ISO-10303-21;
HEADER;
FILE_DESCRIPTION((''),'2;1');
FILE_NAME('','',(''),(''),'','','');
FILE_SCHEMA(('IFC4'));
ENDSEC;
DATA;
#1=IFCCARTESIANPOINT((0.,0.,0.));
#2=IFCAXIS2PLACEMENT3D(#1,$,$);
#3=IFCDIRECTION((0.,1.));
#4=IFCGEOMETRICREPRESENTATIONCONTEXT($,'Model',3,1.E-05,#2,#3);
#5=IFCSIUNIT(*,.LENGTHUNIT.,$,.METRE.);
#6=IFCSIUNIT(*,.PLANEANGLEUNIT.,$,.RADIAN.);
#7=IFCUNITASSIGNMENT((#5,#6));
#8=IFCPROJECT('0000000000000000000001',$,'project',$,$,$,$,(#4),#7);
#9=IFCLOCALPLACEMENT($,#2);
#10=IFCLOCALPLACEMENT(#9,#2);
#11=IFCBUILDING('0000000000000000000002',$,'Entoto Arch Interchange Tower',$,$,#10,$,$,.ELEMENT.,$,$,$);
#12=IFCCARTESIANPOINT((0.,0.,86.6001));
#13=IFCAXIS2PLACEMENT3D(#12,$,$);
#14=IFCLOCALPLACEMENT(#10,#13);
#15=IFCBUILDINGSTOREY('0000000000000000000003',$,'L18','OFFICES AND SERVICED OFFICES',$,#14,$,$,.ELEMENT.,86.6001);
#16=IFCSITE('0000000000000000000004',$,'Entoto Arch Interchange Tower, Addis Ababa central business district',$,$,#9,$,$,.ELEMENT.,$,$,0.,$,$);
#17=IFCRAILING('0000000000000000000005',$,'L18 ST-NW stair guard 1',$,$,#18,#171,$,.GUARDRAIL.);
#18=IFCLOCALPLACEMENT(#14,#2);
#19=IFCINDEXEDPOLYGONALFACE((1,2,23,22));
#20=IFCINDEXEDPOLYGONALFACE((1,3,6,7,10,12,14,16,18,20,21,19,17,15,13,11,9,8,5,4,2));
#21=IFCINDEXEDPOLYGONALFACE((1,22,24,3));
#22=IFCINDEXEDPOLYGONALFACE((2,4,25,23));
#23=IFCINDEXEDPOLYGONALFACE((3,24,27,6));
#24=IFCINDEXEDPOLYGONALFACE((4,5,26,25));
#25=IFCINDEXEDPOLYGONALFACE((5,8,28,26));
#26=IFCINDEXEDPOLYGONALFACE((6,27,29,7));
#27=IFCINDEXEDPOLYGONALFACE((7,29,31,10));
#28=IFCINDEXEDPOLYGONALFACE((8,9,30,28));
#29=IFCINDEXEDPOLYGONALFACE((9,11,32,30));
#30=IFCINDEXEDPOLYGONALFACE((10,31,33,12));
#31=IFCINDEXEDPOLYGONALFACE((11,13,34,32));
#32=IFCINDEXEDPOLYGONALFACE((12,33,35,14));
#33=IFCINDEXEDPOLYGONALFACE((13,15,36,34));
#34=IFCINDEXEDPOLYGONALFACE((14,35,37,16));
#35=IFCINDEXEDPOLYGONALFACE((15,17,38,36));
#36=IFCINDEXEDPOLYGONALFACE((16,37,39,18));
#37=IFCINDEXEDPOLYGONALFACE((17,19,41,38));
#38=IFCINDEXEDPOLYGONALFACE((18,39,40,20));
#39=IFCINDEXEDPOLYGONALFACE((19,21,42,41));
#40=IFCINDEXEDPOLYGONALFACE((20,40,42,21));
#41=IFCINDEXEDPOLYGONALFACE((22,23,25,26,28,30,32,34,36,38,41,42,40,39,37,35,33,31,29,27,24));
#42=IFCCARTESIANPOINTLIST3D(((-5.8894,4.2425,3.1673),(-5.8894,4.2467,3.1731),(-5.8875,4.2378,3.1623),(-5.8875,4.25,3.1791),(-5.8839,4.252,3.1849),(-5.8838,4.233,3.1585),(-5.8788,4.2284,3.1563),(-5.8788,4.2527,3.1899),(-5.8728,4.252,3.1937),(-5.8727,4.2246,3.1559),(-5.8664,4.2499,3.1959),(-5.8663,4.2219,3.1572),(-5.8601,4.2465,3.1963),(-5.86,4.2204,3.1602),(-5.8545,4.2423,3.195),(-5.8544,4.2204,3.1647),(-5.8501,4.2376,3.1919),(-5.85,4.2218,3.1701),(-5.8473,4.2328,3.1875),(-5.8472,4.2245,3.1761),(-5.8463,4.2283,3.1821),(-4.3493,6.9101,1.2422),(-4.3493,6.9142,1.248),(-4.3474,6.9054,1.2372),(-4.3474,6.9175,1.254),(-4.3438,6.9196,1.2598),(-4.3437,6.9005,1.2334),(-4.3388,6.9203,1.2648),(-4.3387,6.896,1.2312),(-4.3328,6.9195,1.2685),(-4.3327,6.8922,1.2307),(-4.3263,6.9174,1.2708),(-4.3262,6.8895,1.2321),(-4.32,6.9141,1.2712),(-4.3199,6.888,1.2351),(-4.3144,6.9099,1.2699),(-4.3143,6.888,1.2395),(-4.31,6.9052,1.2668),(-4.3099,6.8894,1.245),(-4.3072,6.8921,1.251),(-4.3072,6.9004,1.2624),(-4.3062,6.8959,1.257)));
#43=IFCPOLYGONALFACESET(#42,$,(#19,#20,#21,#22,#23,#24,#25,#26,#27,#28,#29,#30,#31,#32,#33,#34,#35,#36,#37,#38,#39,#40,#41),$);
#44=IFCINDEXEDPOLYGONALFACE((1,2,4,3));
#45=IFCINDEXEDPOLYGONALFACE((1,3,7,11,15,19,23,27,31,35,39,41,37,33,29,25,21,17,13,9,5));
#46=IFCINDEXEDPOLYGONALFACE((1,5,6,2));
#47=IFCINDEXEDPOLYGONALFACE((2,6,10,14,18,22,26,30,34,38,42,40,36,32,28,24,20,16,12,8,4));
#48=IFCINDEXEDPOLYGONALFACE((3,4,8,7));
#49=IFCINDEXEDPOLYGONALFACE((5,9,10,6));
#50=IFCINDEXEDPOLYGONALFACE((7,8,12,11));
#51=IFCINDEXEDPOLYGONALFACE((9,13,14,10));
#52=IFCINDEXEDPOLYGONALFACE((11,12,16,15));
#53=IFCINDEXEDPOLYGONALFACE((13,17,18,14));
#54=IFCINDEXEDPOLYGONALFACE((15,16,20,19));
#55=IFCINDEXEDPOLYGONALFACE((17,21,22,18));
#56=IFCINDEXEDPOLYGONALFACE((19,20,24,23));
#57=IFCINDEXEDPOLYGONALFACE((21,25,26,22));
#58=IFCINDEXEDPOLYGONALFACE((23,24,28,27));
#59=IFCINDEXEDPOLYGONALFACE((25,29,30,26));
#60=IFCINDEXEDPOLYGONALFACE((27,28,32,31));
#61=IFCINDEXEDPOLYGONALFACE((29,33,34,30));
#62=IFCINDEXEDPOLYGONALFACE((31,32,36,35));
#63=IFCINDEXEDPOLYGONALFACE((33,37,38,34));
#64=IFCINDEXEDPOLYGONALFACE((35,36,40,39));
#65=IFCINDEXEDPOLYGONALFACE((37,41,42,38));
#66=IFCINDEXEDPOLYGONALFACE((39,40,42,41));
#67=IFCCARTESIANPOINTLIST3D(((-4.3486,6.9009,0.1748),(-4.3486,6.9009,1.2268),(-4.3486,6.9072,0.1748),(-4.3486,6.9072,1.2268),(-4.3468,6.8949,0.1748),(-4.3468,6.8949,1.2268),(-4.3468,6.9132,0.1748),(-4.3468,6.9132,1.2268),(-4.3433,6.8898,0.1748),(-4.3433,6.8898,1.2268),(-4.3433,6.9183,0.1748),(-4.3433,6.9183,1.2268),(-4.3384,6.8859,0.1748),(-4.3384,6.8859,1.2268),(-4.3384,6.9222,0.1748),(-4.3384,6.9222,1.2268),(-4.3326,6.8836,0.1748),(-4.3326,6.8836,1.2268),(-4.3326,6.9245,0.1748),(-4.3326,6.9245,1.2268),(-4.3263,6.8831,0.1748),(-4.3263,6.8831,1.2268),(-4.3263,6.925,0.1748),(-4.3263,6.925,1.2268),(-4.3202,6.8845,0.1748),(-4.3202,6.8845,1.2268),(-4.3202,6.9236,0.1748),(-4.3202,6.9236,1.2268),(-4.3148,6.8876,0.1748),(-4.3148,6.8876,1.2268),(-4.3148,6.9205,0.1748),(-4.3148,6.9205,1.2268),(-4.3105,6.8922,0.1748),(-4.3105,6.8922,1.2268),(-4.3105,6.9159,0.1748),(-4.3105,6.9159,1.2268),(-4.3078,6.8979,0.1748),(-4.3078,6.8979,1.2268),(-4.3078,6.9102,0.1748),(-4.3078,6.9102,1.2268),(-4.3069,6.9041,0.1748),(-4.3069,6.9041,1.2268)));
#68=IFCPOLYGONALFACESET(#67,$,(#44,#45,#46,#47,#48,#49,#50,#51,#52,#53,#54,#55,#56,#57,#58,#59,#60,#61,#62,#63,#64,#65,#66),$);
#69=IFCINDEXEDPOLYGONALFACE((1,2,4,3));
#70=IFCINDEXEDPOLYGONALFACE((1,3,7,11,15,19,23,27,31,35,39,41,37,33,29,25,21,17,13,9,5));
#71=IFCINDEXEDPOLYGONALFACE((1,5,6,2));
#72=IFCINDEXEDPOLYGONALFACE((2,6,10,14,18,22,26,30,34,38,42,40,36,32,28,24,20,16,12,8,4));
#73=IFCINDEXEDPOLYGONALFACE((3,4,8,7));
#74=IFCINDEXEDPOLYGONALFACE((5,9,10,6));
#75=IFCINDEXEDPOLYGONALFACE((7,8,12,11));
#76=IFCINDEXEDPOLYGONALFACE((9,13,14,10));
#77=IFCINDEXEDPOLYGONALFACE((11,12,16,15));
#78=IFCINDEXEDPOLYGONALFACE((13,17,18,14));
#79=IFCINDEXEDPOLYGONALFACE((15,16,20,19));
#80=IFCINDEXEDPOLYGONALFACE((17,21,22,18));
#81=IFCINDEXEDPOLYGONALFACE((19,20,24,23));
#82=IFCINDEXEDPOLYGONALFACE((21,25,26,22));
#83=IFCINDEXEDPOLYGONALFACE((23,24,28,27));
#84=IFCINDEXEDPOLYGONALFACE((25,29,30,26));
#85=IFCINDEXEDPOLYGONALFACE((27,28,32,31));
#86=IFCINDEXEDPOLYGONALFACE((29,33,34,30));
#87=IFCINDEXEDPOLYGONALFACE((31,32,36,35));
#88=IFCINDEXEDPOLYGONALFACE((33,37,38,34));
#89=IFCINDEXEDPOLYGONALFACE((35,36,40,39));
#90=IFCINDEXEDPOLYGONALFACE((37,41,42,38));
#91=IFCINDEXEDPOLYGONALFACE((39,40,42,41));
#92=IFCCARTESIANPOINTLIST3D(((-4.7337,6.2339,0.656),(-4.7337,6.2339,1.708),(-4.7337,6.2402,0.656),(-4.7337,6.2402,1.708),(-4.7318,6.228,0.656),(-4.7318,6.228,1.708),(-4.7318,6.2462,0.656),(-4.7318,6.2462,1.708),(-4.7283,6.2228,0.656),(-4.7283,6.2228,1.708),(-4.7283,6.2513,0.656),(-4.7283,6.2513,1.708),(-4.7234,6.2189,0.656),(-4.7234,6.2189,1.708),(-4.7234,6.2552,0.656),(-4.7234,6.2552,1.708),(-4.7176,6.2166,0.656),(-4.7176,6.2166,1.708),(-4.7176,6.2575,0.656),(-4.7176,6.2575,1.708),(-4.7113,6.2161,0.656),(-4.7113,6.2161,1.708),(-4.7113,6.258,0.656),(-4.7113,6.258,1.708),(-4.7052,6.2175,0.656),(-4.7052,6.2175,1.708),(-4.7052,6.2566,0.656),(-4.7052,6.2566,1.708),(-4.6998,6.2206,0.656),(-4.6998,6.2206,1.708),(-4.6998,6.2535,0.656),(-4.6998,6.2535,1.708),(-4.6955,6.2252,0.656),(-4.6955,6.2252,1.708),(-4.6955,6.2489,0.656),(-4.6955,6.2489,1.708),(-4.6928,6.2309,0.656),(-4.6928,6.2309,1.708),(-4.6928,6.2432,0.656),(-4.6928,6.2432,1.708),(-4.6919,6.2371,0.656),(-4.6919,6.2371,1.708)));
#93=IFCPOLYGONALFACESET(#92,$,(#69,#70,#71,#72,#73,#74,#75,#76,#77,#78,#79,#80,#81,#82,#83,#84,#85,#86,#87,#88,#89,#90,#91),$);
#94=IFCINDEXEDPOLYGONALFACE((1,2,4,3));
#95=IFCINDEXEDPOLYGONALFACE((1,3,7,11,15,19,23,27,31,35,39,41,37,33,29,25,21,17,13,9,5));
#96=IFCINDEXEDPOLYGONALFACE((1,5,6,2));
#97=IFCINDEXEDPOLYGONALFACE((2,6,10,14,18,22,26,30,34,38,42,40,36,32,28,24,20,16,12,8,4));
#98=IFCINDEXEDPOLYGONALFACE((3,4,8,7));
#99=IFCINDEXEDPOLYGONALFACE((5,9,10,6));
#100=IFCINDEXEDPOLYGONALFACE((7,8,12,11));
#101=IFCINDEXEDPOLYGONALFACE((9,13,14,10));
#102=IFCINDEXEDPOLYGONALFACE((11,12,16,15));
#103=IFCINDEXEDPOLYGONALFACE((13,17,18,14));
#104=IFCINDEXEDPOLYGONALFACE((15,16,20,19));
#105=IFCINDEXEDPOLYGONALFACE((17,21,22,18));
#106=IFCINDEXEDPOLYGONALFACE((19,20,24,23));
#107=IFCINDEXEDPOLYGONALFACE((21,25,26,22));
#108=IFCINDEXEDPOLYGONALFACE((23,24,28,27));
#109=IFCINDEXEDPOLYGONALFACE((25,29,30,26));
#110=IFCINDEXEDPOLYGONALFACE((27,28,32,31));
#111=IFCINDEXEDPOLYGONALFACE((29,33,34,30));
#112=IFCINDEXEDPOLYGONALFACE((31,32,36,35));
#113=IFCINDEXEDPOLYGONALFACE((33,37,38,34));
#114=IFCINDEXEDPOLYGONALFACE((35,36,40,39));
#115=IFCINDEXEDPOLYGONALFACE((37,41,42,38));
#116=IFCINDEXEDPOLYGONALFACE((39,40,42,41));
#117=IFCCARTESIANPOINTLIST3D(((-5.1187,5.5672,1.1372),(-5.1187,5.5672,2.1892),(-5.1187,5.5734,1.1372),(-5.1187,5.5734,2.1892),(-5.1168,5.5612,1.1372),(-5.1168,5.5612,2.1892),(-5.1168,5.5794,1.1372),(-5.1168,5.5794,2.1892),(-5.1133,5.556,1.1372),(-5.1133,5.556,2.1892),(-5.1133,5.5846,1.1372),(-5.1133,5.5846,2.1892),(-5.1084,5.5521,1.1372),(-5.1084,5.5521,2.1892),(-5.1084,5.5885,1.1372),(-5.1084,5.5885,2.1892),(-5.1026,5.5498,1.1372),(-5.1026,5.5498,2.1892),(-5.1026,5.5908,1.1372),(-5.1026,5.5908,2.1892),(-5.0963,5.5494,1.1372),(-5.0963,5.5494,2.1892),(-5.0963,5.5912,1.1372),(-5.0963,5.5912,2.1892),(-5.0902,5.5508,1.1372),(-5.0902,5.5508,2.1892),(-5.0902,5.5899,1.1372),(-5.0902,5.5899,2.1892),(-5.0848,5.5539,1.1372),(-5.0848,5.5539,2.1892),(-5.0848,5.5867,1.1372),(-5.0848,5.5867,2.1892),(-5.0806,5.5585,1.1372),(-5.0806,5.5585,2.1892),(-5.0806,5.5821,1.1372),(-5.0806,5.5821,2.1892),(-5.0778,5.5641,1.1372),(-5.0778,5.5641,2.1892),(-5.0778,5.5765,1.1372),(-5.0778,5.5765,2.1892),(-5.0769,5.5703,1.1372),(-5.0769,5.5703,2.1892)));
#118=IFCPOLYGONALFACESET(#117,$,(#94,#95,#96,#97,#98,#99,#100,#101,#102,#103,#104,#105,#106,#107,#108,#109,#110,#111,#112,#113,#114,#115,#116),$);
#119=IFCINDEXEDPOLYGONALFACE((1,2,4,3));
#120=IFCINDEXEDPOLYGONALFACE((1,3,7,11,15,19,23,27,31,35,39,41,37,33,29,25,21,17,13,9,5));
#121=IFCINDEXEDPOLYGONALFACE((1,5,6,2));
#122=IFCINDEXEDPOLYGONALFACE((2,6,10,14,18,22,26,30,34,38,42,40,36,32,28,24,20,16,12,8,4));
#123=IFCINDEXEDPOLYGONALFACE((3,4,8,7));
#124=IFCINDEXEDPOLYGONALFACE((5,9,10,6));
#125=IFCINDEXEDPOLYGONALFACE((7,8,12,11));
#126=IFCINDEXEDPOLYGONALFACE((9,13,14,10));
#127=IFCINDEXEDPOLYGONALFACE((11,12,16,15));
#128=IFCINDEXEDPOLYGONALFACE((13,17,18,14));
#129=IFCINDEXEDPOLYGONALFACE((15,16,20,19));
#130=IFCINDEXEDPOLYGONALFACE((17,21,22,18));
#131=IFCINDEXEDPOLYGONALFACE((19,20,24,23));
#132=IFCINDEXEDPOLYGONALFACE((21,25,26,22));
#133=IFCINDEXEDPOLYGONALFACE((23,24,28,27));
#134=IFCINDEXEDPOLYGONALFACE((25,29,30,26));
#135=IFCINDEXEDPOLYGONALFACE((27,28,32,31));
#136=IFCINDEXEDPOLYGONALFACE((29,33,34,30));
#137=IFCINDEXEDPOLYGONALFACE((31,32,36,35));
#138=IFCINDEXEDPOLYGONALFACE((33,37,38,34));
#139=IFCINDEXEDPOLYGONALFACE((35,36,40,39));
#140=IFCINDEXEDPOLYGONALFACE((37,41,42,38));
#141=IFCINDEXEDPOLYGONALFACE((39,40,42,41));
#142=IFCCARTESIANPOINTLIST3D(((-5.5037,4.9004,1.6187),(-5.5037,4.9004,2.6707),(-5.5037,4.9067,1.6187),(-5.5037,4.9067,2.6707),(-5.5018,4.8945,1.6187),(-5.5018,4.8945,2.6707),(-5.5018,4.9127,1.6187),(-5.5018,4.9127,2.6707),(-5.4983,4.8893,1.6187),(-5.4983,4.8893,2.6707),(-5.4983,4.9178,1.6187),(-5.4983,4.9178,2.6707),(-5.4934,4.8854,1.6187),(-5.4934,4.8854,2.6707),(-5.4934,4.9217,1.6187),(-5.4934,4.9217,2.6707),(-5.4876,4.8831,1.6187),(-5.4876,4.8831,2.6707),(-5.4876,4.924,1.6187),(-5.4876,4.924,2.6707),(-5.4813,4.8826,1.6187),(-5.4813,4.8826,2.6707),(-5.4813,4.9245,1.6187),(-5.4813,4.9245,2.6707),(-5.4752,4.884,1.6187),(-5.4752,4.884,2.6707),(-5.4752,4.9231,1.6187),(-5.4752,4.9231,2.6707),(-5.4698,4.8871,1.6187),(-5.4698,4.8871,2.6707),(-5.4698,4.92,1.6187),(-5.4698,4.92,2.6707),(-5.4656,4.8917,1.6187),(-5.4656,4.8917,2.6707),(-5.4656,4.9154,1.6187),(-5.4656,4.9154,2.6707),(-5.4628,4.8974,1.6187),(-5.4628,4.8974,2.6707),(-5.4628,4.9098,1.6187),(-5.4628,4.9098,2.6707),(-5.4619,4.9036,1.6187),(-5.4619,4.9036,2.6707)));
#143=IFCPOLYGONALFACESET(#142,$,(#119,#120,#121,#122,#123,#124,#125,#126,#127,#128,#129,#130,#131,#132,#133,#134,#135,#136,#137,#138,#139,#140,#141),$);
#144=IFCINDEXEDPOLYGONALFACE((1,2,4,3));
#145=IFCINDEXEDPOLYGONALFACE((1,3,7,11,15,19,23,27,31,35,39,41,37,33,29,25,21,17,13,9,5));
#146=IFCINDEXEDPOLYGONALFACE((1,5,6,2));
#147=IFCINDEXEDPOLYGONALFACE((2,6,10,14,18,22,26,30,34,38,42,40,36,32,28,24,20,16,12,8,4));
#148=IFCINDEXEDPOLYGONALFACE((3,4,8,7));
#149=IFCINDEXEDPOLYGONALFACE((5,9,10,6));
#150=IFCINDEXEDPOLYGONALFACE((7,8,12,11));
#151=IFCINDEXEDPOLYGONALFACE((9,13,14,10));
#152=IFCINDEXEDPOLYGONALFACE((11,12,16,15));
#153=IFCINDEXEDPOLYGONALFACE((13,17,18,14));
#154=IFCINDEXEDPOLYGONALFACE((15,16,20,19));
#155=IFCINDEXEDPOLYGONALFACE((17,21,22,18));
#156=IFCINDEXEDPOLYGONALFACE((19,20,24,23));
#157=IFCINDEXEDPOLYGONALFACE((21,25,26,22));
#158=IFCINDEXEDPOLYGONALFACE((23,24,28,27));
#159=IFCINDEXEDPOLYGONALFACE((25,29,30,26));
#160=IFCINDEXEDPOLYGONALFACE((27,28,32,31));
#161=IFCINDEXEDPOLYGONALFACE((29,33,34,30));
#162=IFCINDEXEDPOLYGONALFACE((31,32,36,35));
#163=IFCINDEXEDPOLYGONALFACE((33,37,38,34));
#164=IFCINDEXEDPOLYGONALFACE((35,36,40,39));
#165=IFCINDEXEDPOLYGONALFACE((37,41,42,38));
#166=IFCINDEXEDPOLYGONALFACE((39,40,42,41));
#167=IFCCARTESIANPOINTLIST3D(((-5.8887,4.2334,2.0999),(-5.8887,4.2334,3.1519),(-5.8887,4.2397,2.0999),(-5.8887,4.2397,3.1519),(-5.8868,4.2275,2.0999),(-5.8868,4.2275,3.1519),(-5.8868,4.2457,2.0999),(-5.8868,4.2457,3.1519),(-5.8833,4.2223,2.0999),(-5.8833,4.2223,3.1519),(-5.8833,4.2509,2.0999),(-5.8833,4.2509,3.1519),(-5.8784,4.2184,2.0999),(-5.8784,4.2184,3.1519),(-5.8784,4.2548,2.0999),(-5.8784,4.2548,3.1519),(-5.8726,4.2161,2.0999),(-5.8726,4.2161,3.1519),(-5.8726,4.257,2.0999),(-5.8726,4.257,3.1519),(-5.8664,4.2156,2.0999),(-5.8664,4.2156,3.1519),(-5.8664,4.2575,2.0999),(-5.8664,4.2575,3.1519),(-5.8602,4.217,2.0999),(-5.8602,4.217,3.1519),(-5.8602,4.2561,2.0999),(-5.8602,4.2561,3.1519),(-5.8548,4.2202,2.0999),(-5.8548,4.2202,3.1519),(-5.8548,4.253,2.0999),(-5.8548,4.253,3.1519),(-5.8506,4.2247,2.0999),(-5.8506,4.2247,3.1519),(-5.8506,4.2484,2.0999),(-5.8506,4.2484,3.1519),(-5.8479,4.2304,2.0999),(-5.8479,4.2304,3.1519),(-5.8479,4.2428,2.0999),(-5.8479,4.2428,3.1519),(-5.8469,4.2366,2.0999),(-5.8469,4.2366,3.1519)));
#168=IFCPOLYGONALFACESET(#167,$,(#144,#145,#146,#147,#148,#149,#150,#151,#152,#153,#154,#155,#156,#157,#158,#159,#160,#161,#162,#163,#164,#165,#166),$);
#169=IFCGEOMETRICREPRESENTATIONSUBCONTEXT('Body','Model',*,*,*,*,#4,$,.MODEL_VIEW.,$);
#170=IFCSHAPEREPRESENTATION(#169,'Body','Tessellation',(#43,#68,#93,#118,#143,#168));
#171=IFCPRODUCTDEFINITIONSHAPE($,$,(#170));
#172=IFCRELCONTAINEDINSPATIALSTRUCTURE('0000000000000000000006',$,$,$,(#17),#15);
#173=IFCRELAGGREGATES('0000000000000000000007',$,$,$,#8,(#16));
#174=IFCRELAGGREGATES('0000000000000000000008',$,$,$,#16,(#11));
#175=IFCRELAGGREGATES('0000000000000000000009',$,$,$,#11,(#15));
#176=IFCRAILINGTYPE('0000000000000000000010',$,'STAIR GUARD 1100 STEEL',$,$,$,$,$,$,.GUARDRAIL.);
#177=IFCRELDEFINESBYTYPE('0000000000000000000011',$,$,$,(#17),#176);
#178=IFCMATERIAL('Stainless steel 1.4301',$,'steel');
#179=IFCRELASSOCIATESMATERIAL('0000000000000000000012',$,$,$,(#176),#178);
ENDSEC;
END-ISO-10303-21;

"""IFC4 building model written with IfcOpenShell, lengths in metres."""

from ifc_helpers import new_model, si_unit, direction, frame, origin, origin_2d, place, context, subcontext, project, spatial, circle, extrude, material, type_object, element, save


model = new_model("IFC4")

# Units and contexts
model_context = context("Model", 3, precision=1e-05, world=origin(), true_north=direction((0.0, 1.0)))
body_context = subcontext(model_context, "Body", "Model", "MODEL_VIEW")
ifc_project = project(units=[si_unit("LENGTHUNIT", "METRE"), si_unit("PLANEANGLEUNIT", "RADIAN")], contexts=[model_context])

# Site, building, storey
site_placement = place(None, origin())
site = spatial("IfcSite", under=ifc_project, at=site_placement, Name="Entoto Arch Interchange Tower, Addis Ababa central business district", CompositionType="ELEMENT", RefElevation=0.0)
building_placement = place(site_placement, origin())
building = spatial("IfcBuilding", under=site, at=building_placement, Name="Entoto Arch Interchange Tower", CompositionType="ELEMENT")
storey_placement = place(building_placement, frame((0.0, 0.0, 86.6001)))
storey = spatial("IfcBuildingStorey", under=building, at=storey_placement, Name="L18", Description="OFFICES AND SERVICED OFFICES", CompositionType="ELEMENT", Elevation=86.6001)

# Railing
ifc_material_1 = material(Name="Stainless steel 1.4301", Category="steel")
railing_type_1 = type_object("IfcRailingType", Name="STAIR GUARD 1100 STEEL", PredefinedType="GUARDRAIL", material=ifc_material_1)
railing_1_placement = place(storey_placement, frame((-4.3279, 6.9041, 0.1748)))
element("IfcRailing", 1, at=railing_1_placement, inside=storey, type_object=railing_type_1, Name="L18 ST-NW stair guard 1", PredefinedType="GUARDRAIL", context=body_context, shape_type="SweptSolid", body=[
    extrude(circle(Radius=0.0239, at=origin_2d()), frame((0.0, 0.0, 1.0762), z_axis=(-0.423994, -0.734395, 0.529993), x_axis=(0.86603, -0.499992, 0.0)), (0.0, 0.0, 1.0), 3.6323),
    extrude(circle(Radius=0.021, at=origin_2d()), origin(), (0.0, 0.0, 1.0), 1.052),
    extrude(circle(Radius=0.021, at=origin_2d()), frame((-0.385, -0.667, 0.4812)), (0.0, 0.0, 1.0), 1.052),
    extrude(circle(Radius=0.021, at=origin_2d()), frame((-0.77, -1.3337, 0.9624)), (0.0, 0.0, 1.0), 1.052),
    extrude(circle(Radius=0.021, at=origin_2d()), frame((-1.155, -2.0005, 1.4438)), (0.0, 0.0, 1.0), 1.052),
    extrude(circle(Radius=0.021, at=origin_2d()), frame((-1.54, -2.6675, 1.925)), (0.0, 0.0, 1.0), 1.052),
])

save(model, "model.ifc")
